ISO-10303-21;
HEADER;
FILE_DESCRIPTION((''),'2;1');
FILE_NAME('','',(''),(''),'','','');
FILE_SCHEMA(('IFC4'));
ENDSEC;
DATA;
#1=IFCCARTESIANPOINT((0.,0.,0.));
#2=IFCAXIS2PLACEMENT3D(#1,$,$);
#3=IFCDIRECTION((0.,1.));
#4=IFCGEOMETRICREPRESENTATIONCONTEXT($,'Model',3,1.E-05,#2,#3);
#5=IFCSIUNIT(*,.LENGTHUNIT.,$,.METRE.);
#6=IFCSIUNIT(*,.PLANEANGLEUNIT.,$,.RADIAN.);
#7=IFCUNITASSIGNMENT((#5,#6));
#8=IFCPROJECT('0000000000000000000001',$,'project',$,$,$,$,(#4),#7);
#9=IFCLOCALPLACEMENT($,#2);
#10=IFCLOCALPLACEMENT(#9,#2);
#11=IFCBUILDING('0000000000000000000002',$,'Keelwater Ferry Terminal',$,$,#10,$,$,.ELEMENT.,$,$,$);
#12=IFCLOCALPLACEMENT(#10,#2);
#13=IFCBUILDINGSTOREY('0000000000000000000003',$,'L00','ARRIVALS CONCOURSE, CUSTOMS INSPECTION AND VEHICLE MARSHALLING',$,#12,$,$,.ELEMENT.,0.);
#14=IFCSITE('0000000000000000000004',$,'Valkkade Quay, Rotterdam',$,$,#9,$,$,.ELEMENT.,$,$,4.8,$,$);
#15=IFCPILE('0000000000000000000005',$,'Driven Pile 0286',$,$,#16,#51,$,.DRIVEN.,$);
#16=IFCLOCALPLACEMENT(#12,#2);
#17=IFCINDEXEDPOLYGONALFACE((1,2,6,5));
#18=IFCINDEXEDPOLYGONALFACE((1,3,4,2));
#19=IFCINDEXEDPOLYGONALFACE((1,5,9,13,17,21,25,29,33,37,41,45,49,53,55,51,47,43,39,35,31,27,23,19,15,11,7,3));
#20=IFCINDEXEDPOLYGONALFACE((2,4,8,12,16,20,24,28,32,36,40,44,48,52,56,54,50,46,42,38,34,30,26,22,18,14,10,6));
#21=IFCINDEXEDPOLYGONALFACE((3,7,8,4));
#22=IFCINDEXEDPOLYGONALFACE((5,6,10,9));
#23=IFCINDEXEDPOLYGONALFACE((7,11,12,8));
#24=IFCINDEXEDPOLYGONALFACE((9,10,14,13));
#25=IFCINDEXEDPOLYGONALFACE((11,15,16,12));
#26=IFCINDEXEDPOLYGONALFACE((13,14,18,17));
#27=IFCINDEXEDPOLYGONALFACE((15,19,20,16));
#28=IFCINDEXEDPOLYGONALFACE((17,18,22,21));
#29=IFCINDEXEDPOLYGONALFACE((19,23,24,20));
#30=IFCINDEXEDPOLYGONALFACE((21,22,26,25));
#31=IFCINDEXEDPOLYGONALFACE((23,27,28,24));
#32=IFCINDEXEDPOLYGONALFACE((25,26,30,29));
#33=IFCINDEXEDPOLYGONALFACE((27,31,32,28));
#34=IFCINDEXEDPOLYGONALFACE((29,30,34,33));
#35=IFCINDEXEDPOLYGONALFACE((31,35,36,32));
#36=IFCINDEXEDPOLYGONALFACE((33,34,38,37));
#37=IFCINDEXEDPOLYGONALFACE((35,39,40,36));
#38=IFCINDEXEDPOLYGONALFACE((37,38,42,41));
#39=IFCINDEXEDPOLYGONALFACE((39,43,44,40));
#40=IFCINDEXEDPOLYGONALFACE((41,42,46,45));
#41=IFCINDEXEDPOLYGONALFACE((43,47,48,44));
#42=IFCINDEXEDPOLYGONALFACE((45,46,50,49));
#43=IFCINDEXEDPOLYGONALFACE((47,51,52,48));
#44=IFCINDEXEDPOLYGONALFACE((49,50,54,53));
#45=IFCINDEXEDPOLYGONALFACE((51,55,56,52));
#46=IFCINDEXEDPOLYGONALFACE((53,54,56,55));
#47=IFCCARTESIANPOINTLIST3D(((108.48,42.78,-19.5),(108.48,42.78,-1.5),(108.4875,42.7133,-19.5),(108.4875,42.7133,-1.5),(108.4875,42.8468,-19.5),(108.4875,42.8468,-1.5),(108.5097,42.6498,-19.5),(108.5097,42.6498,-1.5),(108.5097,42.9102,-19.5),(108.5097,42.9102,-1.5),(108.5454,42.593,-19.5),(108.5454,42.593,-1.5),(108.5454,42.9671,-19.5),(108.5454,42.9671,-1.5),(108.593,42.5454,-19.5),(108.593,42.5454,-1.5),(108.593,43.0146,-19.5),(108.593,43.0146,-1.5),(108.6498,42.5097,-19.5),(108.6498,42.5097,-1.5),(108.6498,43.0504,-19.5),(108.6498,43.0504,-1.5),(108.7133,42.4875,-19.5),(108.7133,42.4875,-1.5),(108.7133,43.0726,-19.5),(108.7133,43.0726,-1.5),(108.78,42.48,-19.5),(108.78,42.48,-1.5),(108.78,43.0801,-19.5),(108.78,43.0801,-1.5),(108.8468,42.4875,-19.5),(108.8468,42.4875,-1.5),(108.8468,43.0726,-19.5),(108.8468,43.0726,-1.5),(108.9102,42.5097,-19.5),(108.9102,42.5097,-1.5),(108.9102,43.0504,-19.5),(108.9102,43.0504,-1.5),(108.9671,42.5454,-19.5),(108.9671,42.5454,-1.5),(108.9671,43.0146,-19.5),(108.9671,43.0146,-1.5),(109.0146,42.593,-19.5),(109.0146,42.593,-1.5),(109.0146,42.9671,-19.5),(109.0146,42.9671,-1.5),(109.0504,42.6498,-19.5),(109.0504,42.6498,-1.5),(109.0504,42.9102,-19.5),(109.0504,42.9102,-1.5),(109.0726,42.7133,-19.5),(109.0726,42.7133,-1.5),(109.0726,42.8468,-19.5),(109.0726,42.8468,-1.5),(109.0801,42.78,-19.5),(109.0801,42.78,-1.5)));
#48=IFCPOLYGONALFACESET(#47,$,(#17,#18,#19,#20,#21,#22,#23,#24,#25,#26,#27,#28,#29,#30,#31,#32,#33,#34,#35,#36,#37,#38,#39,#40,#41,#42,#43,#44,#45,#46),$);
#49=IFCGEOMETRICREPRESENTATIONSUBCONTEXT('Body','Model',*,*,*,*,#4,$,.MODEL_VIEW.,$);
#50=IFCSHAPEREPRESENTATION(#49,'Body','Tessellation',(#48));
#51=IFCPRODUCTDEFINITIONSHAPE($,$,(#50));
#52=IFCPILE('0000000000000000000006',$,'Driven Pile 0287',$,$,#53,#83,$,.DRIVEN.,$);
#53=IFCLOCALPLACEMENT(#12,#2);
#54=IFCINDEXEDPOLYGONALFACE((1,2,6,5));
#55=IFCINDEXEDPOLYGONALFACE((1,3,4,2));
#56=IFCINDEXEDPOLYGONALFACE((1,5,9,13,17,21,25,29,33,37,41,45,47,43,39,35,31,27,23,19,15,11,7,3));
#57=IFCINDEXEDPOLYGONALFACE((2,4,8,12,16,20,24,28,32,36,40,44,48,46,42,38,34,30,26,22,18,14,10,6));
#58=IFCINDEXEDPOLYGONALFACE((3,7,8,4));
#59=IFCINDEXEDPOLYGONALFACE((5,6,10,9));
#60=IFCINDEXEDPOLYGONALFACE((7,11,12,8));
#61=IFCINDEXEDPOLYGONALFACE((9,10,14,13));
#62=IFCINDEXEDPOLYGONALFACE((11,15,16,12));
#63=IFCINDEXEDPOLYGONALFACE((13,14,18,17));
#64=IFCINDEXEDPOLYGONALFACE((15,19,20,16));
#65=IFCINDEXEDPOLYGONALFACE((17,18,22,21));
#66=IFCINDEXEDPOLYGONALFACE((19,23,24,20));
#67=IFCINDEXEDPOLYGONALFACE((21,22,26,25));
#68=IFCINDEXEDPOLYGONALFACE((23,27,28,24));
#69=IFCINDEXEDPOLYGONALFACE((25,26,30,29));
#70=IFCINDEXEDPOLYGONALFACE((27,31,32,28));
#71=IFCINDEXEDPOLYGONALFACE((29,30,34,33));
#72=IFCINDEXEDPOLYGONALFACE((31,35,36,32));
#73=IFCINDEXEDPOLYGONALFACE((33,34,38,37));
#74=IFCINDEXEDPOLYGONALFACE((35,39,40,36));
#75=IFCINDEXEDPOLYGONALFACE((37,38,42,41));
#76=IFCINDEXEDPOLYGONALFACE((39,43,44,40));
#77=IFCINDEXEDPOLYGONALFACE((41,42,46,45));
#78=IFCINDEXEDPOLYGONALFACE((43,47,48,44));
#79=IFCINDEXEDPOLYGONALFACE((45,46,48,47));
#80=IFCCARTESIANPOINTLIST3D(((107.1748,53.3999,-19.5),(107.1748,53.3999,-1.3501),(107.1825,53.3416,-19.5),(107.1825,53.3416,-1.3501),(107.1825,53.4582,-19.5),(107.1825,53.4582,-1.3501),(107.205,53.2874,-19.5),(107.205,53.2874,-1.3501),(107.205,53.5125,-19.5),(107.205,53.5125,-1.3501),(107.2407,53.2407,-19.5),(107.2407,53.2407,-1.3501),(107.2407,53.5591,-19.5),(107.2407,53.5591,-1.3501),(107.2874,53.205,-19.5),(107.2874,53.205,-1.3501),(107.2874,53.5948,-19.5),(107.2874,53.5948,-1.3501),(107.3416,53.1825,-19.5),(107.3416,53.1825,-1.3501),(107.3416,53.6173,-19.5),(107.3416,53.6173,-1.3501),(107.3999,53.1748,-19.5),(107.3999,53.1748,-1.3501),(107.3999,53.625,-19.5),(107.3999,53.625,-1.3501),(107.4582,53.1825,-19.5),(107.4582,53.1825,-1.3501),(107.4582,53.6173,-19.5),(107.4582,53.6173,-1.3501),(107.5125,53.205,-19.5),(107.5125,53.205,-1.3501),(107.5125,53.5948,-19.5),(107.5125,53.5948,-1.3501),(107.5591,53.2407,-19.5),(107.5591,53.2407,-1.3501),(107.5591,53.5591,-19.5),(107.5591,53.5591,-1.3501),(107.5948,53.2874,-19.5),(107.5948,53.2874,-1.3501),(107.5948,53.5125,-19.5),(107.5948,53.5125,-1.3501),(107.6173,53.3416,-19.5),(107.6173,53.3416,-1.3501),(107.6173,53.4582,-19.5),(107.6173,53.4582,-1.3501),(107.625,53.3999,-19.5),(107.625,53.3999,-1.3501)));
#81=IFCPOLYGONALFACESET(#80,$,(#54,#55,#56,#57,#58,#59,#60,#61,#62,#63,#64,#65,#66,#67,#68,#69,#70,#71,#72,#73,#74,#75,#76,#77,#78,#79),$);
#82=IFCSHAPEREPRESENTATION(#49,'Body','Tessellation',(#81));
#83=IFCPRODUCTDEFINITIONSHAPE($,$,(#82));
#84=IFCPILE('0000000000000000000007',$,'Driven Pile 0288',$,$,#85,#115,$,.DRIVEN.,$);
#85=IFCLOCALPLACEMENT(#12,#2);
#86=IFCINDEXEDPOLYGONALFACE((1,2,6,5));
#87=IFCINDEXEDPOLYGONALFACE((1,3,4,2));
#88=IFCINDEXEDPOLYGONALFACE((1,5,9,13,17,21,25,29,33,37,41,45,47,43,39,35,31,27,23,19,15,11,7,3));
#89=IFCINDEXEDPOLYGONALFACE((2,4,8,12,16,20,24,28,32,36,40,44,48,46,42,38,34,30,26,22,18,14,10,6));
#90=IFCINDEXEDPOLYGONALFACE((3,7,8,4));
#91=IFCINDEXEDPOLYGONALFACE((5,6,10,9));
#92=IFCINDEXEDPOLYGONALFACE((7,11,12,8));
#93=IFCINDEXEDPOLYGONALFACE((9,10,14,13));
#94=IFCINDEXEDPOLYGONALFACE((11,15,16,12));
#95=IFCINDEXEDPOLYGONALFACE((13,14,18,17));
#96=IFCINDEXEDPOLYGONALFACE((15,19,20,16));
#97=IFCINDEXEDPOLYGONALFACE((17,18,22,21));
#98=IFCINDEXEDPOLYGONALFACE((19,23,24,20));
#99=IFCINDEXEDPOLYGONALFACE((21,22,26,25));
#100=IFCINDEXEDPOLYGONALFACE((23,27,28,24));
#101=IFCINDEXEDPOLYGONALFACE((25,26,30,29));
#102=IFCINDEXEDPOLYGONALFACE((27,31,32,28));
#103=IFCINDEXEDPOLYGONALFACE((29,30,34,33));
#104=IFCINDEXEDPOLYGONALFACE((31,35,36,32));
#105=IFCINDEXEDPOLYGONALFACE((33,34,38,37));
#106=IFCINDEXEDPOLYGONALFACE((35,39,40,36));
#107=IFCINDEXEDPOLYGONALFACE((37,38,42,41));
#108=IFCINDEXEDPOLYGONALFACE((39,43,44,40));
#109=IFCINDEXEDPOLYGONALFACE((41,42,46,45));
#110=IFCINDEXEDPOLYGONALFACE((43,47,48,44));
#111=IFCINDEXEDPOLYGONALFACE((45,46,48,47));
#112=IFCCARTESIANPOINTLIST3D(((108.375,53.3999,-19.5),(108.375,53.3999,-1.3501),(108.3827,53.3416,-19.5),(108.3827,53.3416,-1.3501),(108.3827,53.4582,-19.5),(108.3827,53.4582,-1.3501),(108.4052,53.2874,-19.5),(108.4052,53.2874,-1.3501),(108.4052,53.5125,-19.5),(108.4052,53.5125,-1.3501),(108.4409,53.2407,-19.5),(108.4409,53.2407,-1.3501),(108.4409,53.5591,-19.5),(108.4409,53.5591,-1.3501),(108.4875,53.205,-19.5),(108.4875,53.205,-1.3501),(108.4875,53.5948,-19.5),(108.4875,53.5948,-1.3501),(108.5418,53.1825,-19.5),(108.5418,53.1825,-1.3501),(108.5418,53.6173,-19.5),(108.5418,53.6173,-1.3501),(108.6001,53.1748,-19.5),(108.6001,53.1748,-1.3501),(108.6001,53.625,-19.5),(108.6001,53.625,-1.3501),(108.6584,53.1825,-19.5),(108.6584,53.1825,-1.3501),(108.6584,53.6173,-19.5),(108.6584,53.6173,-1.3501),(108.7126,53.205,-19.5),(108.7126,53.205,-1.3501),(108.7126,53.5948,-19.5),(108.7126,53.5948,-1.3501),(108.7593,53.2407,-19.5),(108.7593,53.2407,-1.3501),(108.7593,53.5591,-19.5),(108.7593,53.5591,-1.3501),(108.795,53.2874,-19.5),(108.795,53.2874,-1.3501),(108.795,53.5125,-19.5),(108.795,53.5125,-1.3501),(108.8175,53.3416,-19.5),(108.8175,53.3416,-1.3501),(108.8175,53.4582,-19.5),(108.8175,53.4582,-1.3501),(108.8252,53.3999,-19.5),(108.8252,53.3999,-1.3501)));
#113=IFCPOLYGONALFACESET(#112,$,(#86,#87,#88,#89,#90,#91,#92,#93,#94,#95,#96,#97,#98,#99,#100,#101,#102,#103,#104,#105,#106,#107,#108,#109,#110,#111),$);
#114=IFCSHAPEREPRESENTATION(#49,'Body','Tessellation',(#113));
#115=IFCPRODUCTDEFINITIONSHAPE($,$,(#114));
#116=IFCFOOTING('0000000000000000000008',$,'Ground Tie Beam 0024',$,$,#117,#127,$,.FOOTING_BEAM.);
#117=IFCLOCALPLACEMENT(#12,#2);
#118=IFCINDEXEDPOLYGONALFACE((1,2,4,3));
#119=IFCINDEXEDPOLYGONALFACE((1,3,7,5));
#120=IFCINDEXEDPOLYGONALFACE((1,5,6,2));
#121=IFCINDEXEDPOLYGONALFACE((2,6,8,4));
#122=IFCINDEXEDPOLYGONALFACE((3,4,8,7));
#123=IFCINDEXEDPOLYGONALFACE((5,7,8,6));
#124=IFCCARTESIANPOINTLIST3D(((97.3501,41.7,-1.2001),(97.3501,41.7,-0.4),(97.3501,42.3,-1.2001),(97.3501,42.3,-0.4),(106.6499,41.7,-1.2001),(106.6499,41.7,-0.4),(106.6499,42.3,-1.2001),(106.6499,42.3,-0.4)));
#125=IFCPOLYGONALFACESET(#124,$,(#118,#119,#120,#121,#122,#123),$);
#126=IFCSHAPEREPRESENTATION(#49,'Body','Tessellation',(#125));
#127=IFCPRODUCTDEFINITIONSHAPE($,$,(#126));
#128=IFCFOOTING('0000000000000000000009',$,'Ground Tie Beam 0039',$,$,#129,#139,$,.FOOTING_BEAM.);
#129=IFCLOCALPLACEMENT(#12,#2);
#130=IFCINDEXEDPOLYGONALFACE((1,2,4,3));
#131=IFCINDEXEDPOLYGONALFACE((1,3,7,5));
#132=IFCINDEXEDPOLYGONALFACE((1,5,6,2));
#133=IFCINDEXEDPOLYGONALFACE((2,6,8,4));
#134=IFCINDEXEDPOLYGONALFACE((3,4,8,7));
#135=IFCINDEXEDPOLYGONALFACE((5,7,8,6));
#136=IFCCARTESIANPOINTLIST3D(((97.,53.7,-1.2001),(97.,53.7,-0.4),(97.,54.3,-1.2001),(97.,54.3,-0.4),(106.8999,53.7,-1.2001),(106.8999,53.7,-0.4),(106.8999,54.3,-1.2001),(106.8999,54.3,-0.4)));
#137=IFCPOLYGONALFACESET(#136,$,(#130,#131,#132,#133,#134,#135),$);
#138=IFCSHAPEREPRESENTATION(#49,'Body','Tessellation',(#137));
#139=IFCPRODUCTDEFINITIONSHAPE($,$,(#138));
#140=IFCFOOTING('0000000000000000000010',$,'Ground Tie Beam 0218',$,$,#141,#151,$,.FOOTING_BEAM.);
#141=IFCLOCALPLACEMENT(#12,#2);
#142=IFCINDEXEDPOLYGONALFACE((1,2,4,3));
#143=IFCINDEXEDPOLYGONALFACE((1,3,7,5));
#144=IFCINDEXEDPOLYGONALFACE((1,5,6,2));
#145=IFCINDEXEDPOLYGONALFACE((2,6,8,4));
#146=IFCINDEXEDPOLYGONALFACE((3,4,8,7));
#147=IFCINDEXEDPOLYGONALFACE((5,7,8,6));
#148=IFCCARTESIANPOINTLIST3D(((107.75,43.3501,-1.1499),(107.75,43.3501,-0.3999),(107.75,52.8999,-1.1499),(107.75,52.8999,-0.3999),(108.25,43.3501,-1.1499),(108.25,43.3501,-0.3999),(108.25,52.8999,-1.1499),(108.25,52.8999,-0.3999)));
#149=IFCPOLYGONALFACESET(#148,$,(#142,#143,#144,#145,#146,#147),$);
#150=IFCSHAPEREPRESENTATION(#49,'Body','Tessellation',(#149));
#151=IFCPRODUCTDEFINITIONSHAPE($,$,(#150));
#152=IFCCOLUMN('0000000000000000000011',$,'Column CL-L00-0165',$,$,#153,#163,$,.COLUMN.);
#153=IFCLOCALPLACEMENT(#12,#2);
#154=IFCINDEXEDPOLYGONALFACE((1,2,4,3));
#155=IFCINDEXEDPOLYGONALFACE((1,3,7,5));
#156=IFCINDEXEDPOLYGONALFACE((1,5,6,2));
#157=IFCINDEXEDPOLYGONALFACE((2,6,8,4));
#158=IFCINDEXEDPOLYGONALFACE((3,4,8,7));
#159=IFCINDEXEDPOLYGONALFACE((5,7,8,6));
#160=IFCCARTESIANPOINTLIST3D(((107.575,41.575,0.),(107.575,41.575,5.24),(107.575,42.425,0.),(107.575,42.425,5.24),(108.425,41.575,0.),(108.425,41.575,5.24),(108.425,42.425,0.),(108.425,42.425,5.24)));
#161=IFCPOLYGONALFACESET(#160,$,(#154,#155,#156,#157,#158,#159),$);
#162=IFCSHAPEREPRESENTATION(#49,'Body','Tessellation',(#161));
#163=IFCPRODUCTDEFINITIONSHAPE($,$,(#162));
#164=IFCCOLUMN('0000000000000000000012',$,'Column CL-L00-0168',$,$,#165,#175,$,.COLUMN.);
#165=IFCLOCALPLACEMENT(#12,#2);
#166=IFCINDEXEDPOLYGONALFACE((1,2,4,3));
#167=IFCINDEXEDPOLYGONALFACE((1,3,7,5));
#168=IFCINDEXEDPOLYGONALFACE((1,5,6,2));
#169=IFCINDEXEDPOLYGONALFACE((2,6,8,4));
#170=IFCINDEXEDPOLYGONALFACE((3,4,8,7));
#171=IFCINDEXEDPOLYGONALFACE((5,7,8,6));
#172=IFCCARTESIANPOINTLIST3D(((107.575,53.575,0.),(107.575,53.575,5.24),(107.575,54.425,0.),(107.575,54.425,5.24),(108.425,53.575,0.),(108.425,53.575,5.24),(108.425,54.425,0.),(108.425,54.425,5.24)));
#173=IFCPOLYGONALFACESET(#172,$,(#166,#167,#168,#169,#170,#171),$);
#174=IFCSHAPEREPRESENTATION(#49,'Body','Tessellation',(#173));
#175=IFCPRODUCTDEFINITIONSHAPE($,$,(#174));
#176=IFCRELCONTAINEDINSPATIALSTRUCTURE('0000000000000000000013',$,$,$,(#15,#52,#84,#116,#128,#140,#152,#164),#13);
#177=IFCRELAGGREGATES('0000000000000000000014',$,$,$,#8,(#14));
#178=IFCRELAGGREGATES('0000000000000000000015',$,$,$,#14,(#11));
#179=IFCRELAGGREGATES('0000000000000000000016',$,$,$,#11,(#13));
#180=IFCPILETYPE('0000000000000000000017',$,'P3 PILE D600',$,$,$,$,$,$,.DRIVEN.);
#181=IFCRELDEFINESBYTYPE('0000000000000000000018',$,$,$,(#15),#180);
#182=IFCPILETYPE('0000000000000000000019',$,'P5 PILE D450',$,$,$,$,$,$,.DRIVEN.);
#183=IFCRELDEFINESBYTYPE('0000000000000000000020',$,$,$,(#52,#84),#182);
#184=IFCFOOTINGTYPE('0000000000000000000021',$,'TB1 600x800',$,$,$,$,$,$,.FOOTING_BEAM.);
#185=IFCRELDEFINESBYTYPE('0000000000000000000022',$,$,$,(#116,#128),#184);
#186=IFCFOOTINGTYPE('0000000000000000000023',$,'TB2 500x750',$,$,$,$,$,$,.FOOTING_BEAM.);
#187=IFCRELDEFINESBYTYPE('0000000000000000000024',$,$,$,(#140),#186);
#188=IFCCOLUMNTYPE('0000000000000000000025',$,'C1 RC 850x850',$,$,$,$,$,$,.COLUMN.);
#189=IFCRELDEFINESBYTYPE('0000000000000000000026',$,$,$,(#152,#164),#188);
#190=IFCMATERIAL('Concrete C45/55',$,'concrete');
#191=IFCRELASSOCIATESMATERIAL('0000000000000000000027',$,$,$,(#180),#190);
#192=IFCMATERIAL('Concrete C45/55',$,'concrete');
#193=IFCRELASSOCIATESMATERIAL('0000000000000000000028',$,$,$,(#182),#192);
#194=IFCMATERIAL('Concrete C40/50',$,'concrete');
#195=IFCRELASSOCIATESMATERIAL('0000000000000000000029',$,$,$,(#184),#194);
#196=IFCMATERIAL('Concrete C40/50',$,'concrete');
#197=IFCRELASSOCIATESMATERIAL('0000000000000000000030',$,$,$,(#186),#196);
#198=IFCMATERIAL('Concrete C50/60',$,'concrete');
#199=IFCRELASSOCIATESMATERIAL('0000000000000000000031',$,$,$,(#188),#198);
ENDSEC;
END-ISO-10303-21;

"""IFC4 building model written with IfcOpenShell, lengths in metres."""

from ifc_helpers import new_model, si_unit, direction, frame, origin, origin_2d, place, context, subcontext, project, spatial, rectangle, circle, extrude, material, material_profile, profile_set, type_object, element, save


model = new_model("IFC4")

# Units and contexts
model_context = context("Model", 3, precision=1e-05, world=origin(), true_north=direction((0.0, 1.0)))
body_context = subcontext(model_context, "Body", "Model", "MODEL_VIEW")
ifc_project = project(units=[si_unit("LENGTHUNIT", "METRE"), si_unit("PLANEANGLEUNIT", "RADIAN")], contexts=[model_context])

# Site, building, storey
site_placement = place(None, origin())
site = spatial("IfcSite", under=ifc_project, at=site_placement, Name="Valkkade Quay, Rotterdam", CompositionType="ELEMENT", RefElevation=4.8)
building_placement = place(site_placement, origin())
building = spatial("IfcBuilding", under=site, at=building_placement, Name="Keelwater Ferry Terminal", CompositionType="ELEMENT")
storey_placement = place(building_placement, origin())
storey = spatial("IfcBuildingStorey", under=building, at=storey_placement, Name="L00", Description="ARRIVALS CONCOURSE, CUSTOMS INSPECTION AND VEHICLE MARSHALLING", CompositionType="ELEMENT", Elevation=0.0)

# Piles
ifc_material_1 = material(Name="Concrete C45/55", Category="concrete")
ifc_material_profile_1 = material_profile(ifc_material_1, circle(Radius=0.3, at=origin_2d()), Name="PILE D600")
ifc_profile_set_1 = profile_set([ifc_material_profile_1], Name="Concrete C45/55")
pile_type_1 = type_object("IfcPileType", Name="P3 PILE D600", PredefinedType="DRIVEN", material=ifc_profile_set_1)
for number, where, z_axis, x_axis, name in (
    (1, (108.78, 42.78, -1.5), (0.0, 0.0, -1.0), (1.0, 0.0, 0.0), "Driven Pile 0286"),
):
    element("IfcPile", number, at=place(storey_placement, frame(where, z_axis=z_axis, x_axis=x_axis)), inside=storey, type_object=pile_type_1, Name=name, PredefinedType="DRIVEN", context=body_context, shape_type="SweptSolid", body=[
        extrude(circle(Radius=0.3, at=origin_2d()), origin(), (0.0, 0.0, 1.0), 18.0),
    ])
ifc_material_2 = material(Name="Concrete C45/55", Category="concrete")
ifc_material_profile_2 = material_profile(ifc_material_2, circle(Radius=0.2251, at=origin_2d()), Name="PILE D450")
ifc_profile_set_2 = profile_set([ifc_material_profile_2], Name="Concrete C45/55")
pile_type_2 = type_object("IfcPileType", Name="P5 PILE D450", PredefinedType="DRIVEN", material=ifc_profile_set_2)
for number, where, z_axis, x_axis, name in (
    (2, (107.3999, 53.3999, -1.3501), (0.0, 0.0, -1.0), (1.0, 0.0, 0.0), "Driven Pile 0287"),
    (3, (108.6001, 53.3999, -1.3501), (0.0, 0.0, -1.0), (1.0, 0.0, 0.0), "Driven Pile 0288"),
):
    element("IfcPile", number, at=place(storey_placement, frame(where, z_axis=z_axis, x_axis=x_axis)), inside=storey, type_object=pile_type_2, Name=name, PredefinedType="DRIVEN", context=body_context, shape_type="SweptSolid", body=[
        extrude(circle(Radius=0.2251, at=origin_2d()), origin(), (0.0, 0.0, 1.0), 18.1499),
    ])

# Footings
ifc_material_3 = material(Name="Concrete C40/50", Category="concrete")
ifc_material_profile_3 = material_profile(ifc_material_3, rectangle(XDim=0.6001, YDim=0.8, at=origin_2d()), Name="TB 600x800")
ifc_profile_set_3 = profile_set([ifc_material_profile_3], Name="Concrete C40/50")
footing_type_1 = type_object("IfcFootingType", Name="TB1 600x800", PredefinedType="FOOTING_BEAM", material=ifc_profile_set_3)
footing_1_placement = place(storey_placement, frame((97.3501, 42.0, -0.8), z_axis=(1.0, 0.0, 0.0), x_axis=(0.0, 1.0, 0.0)))
element("IfcFooting", 4, at=footing_1_placement, inside=storey, type_object=footing_type_1, Name="Ground Tie Beam 0024", PredefinedType="FOOTING_BEAM", context=body_context, shape_type="SweptSolid", body=[
    extrude(rectangle(XDim=0.6001, YDim=0.8, at=origin_2d()), origin(), (0.0, 0.0, 1.0), 9.2998),
])
footing_2_placement = place(storey_placement, frame((97.0, 54.0, -0.8), z_axis=(1.0, 0.0, 0.0), x_axis=(0.0, 1.0, 0.0)))
element("IfcFooting", 5, at=footing_2_placement, inside=storey, type_object=footing_type_1, Name="Ground Tie Beam 0039", PredefinedType="FOOTING_BEAM", context=body_context, shape_type="SweptSolid", body=[
    extrude(rectangle(XDim=0.6001, YDim=0.8, at=origin_2d()), origin(), (0.0, 0.0, 1.0), 9.8999),
])
ifc_material_4 = material(Name="Concrete C40/50", Category="concrete")
ifc_material_profile_4 = material_profile(ifc_material_4, rectangle(XDim=0.5, YDim=0.75, at=origin_2d()), Name="TB 500x750")
ifc_profile_set_4 = profile_set([ifc_material_profile_4], Name="Concrete C40/50")
footing_type_2 = type_object("IfcFootingType", Name="TB2 500x750", PredefinedType="FOOTING_BEAM", material=ifc_profile_set_4)
footing_3_placement = place(storey_placement, frame((108.0, 43.3501, -0.7749), z_axis=(0.0, 1.0, 0.0), x_axis=(-1.0, 0.0, 0.0)))
element("IfcFooting", 6, at=footing_3_placement, inside=storey, type_object=footing_type_2, Name="Ground Tie Beam 0218", PredefinedType="FOOTING_BEAM", context=body_context, shape_type="SweptSolid", body=[
    extrude(rectangle(XDim=0.5, YDim=0.75, at=origin_2d()), origin(), (0.0, 0.0, 1.0), 9.5498),
])

# Columns
ifc_material_5 = material(Name="Concrete C50/60", Category="concrete")
ifc_material_profile_5 = material_profile(ifc_material_5, rectangle(XDim=0.8501, YDim=0.8501, at=origin_2d()), Name="RC 850x850")
ifc_profile_set_5 = profile_set([ifc_material_profile_5], Name="Concrete C50/60")
column_type = type_object("IfcColumnType", Name="C1 RC 850x850", PredefinedType="COLUMN", material=ifc_profile_set_5)
for number, where, z_axis, x_axis, name in (
    (7, (108.0, 42.0, 0.0), (0.0, 0.0, 1.0), (1.0, 0.0, 0.0), "Column CL-L00-0165"),
    (8, (108.0, 54.0, 0.0), (0.0, 0.0, 1.0), (1.0, 0.0, 0.0), "Column CL-L00-0168"),
):
    element("IfcColumn", number, at=place(storey_placement, frame(where, z_axis=z_axis, x_axis=x_axis)), inside=storey, type_object=column_type, Name=name, PredefinedType="COLUMN", context=body_context, shape_type="SweptSolid", body=[
        extrude(rectangle(XDim=0.8501, YDim=0.8501, at=origin_2d()), origin(), (0.0, 0.0, 1.0), 5.24),
    ])

save(model, "model.ifc")
